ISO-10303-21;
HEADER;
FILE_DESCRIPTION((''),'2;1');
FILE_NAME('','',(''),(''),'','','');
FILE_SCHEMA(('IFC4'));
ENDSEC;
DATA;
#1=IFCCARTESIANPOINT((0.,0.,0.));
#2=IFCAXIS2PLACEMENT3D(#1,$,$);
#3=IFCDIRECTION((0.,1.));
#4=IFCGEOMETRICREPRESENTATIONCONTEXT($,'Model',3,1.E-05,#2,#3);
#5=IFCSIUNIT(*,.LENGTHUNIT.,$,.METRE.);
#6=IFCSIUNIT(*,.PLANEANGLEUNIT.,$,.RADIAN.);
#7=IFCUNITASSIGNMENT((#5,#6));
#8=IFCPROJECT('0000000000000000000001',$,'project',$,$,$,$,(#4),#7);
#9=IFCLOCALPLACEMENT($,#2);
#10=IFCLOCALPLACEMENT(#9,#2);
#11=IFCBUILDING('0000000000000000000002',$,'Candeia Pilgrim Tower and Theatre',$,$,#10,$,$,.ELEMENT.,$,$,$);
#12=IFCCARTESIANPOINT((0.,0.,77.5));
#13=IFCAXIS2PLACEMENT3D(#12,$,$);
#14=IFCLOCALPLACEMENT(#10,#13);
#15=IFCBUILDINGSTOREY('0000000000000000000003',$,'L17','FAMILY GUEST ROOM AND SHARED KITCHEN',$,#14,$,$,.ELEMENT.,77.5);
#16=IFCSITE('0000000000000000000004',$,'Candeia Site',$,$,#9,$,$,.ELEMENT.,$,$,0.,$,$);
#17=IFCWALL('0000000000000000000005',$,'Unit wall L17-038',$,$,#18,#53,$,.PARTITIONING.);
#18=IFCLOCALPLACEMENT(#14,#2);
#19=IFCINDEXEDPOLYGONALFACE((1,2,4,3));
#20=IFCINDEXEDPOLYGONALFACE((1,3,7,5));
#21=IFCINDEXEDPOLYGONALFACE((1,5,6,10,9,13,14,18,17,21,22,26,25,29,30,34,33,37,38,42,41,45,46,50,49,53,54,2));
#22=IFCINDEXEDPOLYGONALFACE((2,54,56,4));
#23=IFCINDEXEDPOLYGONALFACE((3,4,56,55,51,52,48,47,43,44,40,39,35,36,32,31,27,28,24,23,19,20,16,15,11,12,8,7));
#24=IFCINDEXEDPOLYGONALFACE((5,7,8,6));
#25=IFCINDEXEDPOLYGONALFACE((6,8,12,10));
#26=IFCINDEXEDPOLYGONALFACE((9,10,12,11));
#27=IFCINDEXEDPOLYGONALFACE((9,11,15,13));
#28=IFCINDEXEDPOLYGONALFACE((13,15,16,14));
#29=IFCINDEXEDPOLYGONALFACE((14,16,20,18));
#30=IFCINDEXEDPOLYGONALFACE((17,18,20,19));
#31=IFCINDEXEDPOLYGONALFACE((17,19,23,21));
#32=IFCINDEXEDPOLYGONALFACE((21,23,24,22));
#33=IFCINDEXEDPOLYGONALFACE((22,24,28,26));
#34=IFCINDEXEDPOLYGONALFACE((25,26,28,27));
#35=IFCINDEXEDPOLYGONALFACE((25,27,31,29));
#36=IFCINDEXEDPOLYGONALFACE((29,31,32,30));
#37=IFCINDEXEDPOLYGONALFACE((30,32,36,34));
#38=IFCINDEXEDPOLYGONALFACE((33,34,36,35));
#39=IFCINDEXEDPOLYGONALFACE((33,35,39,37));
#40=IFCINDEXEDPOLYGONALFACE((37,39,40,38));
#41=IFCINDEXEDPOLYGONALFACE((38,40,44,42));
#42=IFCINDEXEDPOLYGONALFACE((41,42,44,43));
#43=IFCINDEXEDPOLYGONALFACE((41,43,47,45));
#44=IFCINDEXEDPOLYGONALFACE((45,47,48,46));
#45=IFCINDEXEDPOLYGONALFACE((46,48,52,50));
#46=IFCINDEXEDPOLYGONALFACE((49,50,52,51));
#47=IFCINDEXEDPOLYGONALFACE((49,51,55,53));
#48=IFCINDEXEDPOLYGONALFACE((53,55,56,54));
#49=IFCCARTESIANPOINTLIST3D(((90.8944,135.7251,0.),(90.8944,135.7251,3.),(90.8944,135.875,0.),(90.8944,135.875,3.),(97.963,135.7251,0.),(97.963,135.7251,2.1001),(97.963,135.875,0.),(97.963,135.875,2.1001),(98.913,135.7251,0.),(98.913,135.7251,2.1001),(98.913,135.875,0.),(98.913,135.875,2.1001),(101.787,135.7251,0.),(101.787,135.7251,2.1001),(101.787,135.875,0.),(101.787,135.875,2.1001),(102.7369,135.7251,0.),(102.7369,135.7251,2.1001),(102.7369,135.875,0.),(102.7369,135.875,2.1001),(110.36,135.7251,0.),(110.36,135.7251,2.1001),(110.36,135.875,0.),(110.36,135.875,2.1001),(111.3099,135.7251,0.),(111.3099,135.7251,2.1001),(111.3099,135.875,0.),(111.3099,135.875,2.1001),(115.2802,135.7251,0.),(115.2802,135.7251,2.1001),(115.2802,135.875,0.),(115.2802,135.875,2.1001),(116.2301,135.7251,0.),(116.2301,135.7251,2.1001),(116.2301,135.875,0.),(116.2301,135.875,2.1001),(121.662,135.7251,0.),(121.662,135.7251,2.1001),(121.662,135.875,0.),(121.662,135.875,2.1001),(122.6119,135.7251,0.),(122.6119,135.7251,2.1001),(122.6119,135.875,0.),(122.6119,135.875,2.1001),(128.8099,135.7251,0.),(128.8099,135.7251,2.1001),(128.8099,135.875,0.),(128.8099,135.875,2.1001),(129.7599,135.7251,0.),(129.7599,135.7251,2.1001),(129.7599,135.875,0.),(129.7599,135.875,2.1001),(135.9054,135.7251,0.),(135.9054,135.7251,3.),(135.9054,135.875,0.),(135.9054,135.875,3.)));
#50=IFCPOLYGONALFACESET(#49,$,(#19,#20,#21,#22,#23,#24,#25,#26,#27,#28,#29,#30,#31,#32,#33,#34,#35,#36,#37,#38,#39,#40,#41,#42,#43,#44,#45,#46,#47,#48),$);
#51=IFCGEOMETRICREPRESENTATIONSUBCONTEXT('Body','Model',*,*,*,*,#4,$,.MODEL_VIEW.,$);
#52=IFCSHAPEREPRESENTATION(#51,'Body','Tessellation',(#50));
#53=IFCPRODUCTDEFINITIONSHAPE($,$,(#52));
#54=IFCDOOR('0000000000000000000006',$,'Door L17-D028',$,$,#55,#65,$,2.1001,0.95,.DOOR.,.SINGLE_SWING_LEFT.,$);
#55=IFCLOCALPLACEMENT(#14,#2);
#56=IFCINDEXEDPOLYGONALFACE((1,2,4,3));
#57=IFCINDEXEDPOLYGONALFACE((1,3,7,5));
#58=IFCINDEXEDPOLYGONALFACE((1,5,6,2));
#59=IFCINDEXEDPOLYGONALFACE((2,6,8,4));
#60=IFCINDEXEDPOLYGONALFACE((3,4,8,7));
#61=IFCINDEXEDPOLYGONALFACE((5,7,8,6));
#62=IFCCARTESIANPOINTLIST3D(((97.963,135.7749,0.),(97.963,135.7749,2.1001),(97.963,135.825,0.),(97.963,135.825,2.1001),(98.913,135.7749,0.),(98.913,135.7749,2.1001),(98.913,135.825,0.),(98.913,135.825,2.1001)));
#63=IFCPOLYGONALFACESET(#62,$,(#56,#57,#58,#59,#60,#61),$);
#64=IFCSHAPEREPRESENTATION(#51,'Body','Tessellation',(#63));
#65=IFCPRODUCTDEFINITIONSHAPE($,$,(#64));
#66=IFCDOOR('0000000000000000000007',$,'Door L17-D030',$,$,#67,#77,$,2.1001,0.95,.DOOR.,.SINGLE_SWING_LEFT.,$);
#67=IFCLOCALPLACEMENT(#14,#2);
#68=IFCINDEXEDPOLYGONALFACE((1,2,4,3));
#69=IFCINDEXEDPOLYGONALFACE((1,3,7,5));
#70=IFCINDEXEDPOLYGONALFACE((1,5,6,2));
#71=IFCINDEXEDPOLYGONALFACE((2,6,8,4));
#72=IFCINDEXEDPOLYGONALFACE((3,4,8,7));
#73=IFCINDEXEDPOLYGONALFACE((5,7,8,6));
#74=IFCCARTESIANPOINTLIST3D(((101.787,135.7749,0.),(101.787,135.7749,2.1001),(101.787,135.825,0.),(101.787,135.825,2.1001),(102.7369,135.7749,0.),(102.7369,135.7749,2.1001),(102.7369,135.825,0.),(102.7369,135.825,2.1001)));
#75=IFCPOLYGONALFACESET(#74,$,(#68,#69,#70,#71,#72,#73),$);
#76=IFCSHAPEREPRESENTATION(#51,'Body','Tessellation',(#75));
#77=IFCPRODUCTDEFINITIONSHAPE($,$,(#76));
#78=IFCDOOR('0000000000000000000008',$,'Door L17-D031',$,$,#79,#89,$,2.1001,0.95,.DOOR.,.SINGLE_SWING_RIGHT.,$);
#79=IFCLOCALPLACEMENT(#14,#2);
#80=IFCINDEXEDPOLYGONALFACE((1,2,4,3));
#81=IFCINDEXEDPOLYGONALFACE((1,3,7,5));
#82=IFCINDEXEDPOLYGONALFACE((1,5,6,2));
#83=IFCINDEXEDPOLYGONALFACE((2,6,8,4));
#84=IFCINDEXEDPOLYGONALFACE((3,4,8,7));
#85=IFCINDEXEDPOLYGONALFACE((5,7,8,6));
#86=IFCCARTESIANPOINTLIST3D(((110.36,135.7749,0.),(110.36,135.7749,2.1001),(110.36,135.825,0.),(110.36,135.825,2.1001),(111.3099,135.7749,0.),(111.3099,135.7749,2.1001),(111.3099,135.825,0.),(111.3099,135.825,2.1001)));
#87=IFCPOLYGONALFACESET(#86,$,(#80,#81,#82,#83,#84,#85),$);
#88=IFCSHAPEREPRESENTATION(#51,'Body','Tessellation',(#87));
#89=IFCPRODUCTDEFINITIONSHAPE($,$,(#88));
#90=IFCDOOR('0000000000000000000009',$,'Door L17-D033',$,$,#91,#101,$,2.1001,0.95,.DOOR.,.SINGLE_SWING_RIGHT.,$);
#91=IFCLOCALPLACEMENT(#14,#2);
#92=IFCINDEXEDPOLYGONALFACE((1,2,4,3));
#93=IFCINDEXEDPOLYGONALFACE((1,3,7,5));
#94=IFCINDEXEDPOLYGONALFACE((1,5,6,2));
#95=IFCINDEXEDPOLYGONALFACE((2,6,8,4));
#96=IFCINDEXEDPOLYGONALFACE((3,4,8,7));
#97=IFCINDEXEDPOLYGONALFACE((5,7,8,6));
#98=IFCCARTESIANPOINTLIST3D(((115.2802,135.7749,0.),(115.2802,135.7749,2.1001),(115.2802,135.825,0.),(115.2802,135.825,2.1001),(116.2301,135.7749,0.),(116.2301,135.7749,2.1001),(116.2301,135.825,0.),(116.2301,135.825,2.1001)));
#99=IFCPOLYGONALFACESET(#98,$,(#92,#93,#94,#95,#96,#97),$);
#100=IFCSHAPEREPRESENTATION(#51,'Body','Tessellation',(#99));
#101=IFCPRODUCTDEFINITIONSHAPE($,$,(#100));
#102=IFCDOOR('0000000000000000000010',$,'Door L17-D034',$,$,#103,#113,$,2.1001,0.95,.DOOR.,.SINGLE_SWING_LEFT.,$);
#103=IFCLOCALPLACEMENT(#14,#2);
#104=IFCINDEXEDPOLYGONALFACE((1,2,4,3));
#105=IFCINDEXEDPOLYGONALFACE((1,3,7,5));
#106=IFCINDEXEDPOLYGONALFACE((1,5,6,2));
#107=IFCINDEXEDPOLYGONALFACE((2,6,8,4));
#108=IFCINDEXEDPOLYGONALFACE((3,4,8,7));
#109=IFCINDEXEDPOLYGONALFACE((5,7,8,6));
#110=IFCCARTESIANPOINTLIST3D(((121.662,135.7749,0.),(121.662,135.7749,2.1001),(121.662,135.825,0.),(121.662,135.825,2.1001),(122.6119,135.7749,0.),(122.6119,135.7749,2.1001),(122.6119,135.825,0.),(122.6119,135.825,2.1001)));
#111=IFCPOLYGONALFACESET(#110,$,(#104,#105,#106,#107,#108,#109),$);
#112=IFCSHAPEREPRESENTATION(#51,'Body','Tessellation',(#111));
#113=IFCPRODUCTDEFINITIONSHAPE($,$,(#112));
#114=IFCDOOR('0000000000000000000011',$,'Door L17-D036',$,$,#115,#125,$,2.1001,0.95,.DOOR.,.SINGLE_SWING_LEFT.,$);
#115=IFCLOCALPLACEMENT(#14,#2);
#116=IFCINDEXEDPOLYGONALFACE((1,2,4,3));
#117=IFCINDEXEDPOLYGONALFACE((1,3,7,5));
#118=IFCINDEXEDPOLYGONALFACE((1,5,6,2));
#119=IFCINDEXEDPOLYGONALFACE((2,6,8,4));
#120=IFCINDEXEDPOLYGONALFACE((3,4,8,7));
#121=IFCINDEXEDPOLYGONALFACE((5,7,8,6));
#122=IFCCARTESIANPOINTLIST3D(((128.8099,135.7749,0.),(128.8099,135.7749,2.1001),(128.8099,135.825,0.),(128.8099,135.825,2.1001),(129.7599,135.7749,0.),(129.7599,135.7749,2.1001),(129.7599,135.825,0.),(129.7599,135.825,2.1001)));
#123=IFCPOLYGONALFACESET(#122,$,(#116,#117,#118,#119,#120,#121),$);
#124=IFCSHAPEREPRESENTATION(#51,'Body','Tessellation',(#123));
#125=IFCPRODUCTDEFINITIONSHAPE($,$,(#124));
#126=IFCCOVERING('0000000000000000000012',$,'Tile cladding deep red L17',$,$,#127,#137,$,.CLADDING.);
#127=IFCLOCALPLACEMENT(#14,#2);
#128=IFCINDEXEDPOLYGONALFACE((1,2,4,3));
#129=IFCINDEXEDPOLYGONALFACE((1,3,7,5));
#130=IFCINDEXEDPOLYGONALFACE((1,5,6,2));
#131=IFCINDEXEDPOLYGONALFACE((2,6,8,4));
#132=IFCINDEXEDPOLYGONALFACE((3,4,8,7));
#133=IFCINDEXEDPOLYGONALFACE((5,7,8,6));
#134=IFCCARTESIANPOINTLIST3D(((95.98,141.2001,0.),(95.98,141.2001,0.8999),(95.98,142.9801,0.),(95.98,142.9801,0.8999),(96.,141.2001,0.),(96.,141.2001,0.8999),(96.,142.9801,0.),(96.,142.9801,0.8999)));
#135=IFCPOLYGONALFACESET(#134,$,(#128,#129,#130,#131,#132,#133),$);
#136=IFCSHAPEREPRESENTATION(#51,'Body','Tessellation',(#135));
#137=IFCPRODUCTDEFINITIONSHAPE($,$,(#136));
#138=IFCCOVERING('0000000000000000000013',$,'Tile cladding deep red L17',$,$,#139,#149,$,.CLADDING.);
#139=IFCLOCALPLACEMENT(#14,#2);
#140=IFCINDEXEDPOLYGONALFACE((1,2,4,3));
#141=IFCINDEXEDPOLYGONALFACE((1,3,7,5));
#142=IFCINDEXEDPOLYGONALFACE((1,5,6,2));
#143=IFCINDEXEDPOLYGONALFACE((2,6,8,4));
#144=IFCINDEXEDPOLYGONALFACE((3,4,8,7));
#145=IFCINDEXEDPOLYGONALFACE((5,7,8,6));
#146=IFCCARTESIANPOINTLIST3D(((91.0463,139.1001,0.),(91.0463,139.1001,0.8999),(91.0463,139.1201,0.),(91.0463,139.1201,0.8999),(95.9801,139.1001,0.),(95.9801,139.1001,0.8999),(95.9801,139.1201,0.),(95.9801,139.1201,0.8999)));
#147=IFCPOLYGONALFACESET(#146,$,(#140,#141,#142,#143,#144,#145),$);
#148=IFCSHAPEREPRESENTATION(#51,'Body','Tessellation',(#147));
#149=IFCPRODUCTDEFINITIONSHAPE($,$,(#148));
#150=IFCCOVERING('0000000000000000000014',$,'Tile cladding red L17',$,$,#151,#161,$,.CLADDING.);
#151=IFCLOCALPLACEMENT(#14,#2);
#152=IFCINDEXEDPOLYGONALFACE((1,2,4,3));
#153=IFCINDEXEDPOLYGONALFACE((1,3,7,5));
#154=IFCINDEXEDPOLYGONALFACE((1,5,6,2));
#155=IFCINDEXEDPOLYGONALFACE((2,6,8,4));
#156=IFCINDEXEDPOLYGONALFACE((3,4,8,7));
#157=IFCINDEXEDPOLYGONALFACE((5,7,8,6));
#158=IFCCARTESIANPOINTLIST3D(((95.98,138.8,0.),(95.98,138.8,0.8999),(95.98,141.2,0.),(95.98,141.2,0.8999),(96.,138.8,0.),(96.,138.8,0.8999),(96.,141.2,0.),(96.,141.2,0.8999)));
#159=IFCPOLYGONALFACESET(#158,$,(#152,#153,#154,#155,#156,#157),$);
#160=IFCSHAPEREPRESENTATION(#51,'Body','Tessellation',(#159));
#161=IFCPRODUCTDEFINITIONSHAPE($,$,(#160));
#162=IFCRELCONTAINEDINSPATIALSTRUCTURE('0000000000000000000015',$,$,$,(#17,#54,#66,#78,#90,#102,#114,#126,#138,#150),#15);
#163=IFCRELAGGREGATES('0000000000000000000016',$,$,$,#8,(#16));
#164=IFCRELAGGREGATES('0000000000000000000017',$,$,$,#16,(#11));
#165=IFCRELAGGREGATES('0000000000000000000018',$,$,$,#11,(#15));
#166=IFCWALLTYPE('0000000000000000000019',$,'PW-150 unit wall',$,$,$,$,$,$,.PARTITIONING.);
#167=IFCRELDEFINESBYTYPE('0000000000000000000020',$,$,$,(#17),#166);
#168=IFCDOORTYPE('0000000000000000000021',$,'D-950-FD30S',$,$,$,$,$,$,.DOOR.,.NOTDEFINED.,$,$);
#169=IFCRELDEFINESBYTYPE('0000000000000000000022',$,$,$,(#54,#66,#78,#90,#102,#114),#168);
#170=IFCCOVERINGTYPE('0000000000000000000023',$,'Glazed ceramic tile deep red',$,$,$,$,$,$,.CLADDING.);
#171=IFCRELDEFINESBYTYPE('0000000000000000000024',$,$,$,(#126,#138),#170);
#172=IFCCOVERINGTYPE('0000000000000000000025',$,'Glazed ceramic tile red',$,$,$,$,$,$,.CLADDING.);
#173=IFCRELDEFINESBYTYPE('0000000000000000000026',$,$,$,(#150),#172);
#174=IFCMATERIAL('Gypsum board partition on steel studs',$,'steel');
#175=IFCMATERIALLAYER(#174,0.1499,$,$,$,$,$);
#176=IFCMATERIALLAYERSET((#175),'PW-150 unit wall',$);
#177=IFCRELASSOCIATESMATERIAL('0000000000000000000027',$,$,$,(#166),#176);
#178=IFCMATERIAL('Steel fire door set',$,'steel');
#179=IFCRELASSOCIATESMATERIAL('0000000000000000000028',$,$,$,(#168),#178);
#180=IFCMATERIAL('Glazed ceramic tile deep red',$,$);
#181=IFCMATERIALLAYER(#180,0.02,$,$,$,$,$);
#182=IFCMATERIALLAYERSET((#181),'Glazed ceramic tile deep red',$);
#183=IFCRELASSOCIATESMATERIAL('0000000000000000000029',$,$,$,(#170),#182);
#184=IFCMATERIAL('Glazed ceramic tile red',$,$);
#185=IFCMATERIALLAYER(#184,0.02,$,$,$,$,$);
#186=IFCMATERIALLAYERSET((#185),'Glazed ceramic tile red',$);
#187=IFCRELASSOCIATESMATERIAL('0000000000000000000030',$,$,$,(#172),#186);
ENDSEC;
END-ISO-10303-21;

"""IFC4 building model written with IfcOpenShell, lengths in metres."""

from ifc_helpers import new_model, si_unit, direction, frame, frame_2d, origin, origin_2d, place, context, subcontext, project, spatial, rectangle, extrude, material, layer, layer_set, type_object, element, fill, save


model = new_model("IFC4")

# Units and contexts
model_context = context("Model", 3, precision=1e-05, world=origin(), true_north=direction((0.0, 1.0)))
body_context = subcontext(model_context, "Body", "Model", "MODEL_VIEW")
ifc_project = project(units=[si_unit("LENGTHUNIT", "METRE"), si_unit("PLANEANGLEUNIT", "RADIAN")], contexts=[model_context])

# Site, building, storey
site_placement = place(None, origin())
site = spatial("IfcSite", under=ifc_project, at=site_placement, Name="Candeia Site", CompositionType="ELEMENT", RefElevation=0.0)
building_placement = place(site_placement, origin())
building = spatial("IfcBuilding", under=site, at=building_placement, Name="Candeia Pilgrim Tower and Theatre", CompositionType="ELEMENT")
storey_placement = place(building_placement, frame((0.0, 0.0, 77.5)))
storey = spatial("IfcBuildingStorey", under=building, at=storey_placement, Name="L17", Description="FAMILY GUEST ROOM AND SHARED KITCHEN", CompositionType="ELEMENT", Elevation=77.5)

# Shared definitions
ifc_material_1 = material(Name="Gypsum board partition on steel studs", Category="steel")

# Wall, openings, doors
ifc_layer_1 = layer(ifc_material_1, 0.1499)
ifc_layer_set_1 = layer_set([ifc_layer_1], Name="PW-150 unit wall")
wall_type_1 = type_object("IfcWallType", Name="PW-150 unit wall", PredefinedType="PARTITIONING", material=ifc_layer_set_1)
wall_1_placement = place(storey_placement, frame((90.8945, 135.8, 0.0), z_axis=(0.0, 0.0, 1.0), x_axis=(1.0, 0.0, 0.0)))
wall_1 = element("IfcWall", 1, at=wall_1_placement, inside=storey, type_object=wall_type_1, Name="Unit wall L17-038", PredefinedType="PARTITIONING", context=body_context, shape_type="SweptSolid", body=[
    extrude(rectangle(XDim=45.011, YDim=0.1499, at=frame_2d((22.5054, 0.0))), origin(), (0.0, 0.0, 1.0), 3.0),
])
opening_1_placement = place(wall_1_placement, frame((7.0684, 0.0, 0.0)))
opening_1 = element("IfcOpeningElement", 2, at=opening_1_placement, cuts=wall_1, PredefinedType="OPENING", context=body_context, shape_type="SweptSolid", body=[
    extrude(rectangle(XDim=0.95, YDim=2.1001, at=frame_2d((0.4751, 1.05))), frame((0.0, 0.085, 0.0), z_axis=(0.0, -1.0, 0.0), x_axis=(1.0, 0.0, 0.0)), (0.0, 0.0, 1.0), 0.1699),
])
opening_2_placement = place(wall_1_placement, frame((10.8923, 0.0, 0.0)))
opening_2 = element("IfcOpeningElement", 3, at=opening_2_placement, cuts=wall_1, PredefinedType="OPENING", context=body_context, shape_type="SweptSolid", body=[
    extrude(rectangle(XDim=0.95, YDim=2.1001, at=frame_2d((0.4751, 1.05))), frame((0.0, 0.085, 0.0), z_axis=(0.0, -1.0, 0.0), x_axis=(1.0, 0.0, 0.0)), (0.0, 0.0, 1.0), 0.1699),
])
opening_3_placement = place(wall_1_placement, frame((19.4653, 0.0, 0.0)))
opening_3 = element("IfcOpeningElement", 4, at=opening_3_placement, cuts=wall_1, PredefinedType="OPENING", context=body_context, shape_type="SweptSolid", body=[
    extrude(rectangle(XDim=0.95, YDim=2.1001, at=frame_2d((0.4751, 1.05))), frame((0.0, 0.085, 0.0), z_axis=(0.0, -1.0, 0.0), x_axis=(1.0, 0.0, 0.0)), (0.0, 0.0, 1.0), 0.1699),
])
opening_4_placement = place(wall_1_placement, frame((24.3855, 0.0, 0.0)))
opening_4 = element("IfcOpeningElement", 5, at=opening_4_placement, cuts=wall_1, PredefinedType="OPENING", context=body_context, shape_type="SweptSolid", body=[
    extrude(rectangle(XDim=0.95, YDim=2.1001, at=frame_2d((0.4751, 1.05))), frame((0.0, 0.085, 0.0), z_axis=(0.0, -1.0, 0.0), x_axis=(1.0, 0.0, 0.0)), (0.0, 0.0, 1.0), 0.1699),
])
opening_5_placement = place(wall_1_placement, frame((30.7673, 0.0, 0.0)))
opening_5 = element("IfcOpeningElement", 6, at=opening_5_placement, cuts=wall_1, PredefinedType="OPENING", context=body_context, shape_type="SweptSolid", body=[
    extrude(rectangle(XDim=0.95, YDim=2.1001, at=frame_2d((0.4751, 1.05))), frame((0.0, 0.085, 0.0), z_axis=(0.0, -1.0, 0.0), x_axis=(1.0, 0.0, 0.0)), (0.0, 0.0, 1.0), 0.1699),
])
opening_6_placement = place(wall_1_placement, frame((37.9153, 0.0, 0.0)))
opening_6 = element("IfcOpeningElement", 7, at=opening_6_placement, cuts=wall_1, PredefinedType="OPENING", context=body_context, shape_type="SweptSolid", body=[
    extrude(rectangle(XDim=0.95, YDim=2.1001, at=frame_2d((0.4751, 1.05))), frame((0.0, 0.085, 0.0), z_axis=(0.0, -1.0, 0.0), x_axis=(1.0, 0.0, 0.0)), (0.0, 0.0, 1.0), 0.1699),
])
ifc_material_2 = material(Name="Steel fire door set", Category="steel")
door_type_1 = type_object("IfcDoorType", Name="D-950-FD30S", OperationType="NOTDEFINED", PredefinedType="DOOR", material=ifc_material_2)
door_1_placement = place(opening_1_placement, origin())
door_1 = element("IfcDoor", 8, at=door_1_placement, inside=storey, type_object=door_type_1, Name="Door L17-D028", OperationType="SINGLE_SWING_LEFT", OverallHeight=2.1001, OverallWidth=0.95, PredefinedType="DOOR", context=body_context, shape_type="SweptSolid", body=[
    extrude(rectangle(XDim=0.95, YDim=2.1001, at=frame_2d((0.4751, 1.05))), frame((0.0, 0.0249, 0.0), z_axis=(0.0, -1.0, 0.0), x_axis=(1.0, 0.0, 0.0)), (0.0, 0.0, 1.0), 0.05),
])
fill(opening_1, door_1)
door_2_placement = place(opening_2_placement, origin())
door_2 = element("IfcDoor", 9, at=door_2_placement, inside=storey, type_object=door_type_1, Name="Door L17-D030", OperationType="SINGLE_SWING_LEFT", OverallHeight=2.1001, OverallWidth=0.95, PredefinedType="DOOR", context=body_context, shape_type="SweptSolid", body=[
    extrude(rectangle(XDim=0.95, YDim=2.1001, at=frame_2d((0.4751, 1.05))), frame((0.0, 0.0249, 0.0), z_axis=(0.0, -1.0, 0.0), x_axis=(1.0, 0.0, 0.0)), (0.0, 0.0, 1.0), 0.05),
])
fill(opening_2, door_2)
door_3_placement = place(opening_3_placement, origin())
door_3 = element("IfcDoor", 10, at=door_3_placement, inside=storey, type_object=door_type_1, Name="Door L17-D031", OperationType="SINGLE_SWING_RIGHT", OverallHeight=2.1001, OverallWidth=0.95, PredefinedType="DOOR", context=body_context, shape_type="SweptSolid", body=[
    extrude(rectangle(XDim=0.95, YDim=2.1001, at=frame_2d((0.4751, 1.05))), frame((0.0, 0.0249, 0.0), z_axis=(0.0, -1.0, 0.0), x_axis=(1.0, 0.0, 0.0)), (0.0, 0.0, 1.0), 0.05),
])
fill(opening_3, door_3)
door_4_placement = place(opening_4_placement, origin())
door_4 = element("IfcDoor", 11, at=door_4_placement, inside=storey, type_object=door_type_1, Name="Door L17-D033", OperationType="SINGLE_SWING_RIGHT", OverallHeight=2.1001, OverallWidth=0.95, PredefinedType="DOOR", context=body_context, shape_type="SweptSolid", body=[
    extrude(rectangle(XDim=0.95, YDim=2.1001, at=frame_2d((0.4751, 1.05))), frame((0.0, 0.0249, 0.0), z_axis=(0.0, -1.0, 0.0), x_axis=(1.0, 0.0, 0.0)), (0.0, 0.0, 1.0), 0.05),
])
fill(opening_4, door_4)
door_5_placement = place(opening_5_placement, origin())
door_5 = element("IfcDoor", 12, at=door_5_placement, inside=storey, type_object=door_type_1, Name="Door L17-D034", OperationType="SINGLE_SWING_LEFT", OverallHeight=2.1001, OverallWidth=0.95, PredefinedType="DOOR", context=body_context, shape_type="SweptSolid", body=[
    extrude(rectangle(XDim=0.95, YDim=2.1001, at=frame_2d((0.4751, 1.05))), frame((0.0, 0.0249, 0.0), z_axis=(0.0, -1.0, 0.0), x_axis=(1.0, 0.0, 0.0)), (0.0, 0.0, 1.0), 0.05),
])
fill(opening_5, door_5)
door_6_placement = place(opening_6_placement, origin())
door_6 = element("IfcDoor", 13, at=door_6_placement, inside=storey, type_object=door_type_1, Name="Door L17-D036", OperationType="SINGLE_SWING_LEFT", OverallHeight=2.1001, OverallWidth=0.95, PredefinedType="DOOR", context=body_context, shape_type="SweptSolid", body=[
    extrude(rectangle(XDim=0.95, YDim=2.1001, at=frame_2d((0.4751, 1.05))), frame((0.0, 0.0249, 0.0), z_axis=(0.0, -1.0, 0.0), x_axis=(1.0, 0.0, 0.0)), (0.0, 0.0, 1.0), 0.05),
])
fill(opening_6, door_6)

# Coverings
ifc_material_3 = material(Name="Glazed ceramic tile deep red")
ifc_layer_2 = layer(ifc_material_3, 0.02)
ifc_layer_set_2 = layer_set([ifc_layer_2], Name="Glazed ceramic tile deep red")
covering_type_1 = type_object("IfcCoveringType", Name="Glazed ceramic tile deep red", PredefinedType="CLADDING", material=ifc_layer_set_2)
covering_1_placement = place(storey_placement, frame((95.99, 142.0901, 0.0), z_axis=(0.0, 0.0, 1.0), x_axis=(0.0, -1.0, 0.0)))
element("IfcCovering", 14, at=covering_1_placement, inside=storey, type_object=covering_type_1, Name="Tile cladding deep red L17", PredefinedType="CLADDING", context=body_context, shape_type="SweptSolid", body=[
    extrude(rectangle(XDim=1.78, YDim=0.02, at=origin_2d()), origin(), (0.0, 0.0, 1.0), 0.8999),
])
covering_2_placement = place(storey_placement, frame((93.5132, 139.1101, 0.0), z_axis=(0.0, 0.0, 1.0), x_axis=(-1.0, 0.0, 0.0)))
element("IfcCovering", 15, at=covering_2_placement, inside=storey, type_object=covering_type_1, Name="Tile cladding deep red L17", PredefinedType="CLADDING", context=body_context, shape_type="SweptSolid", body=[
    extrude(rectangle(XDim=4.9338, YDim=0.02, at=origin_2d()), origin(), (0.0, 0.0, 1.0), 0.8999),
])
ifc_material_4 = material(Name="Glazed ceramic tile red")
ifc_layer_3 = layer(ifc_material_4, 0.02)
ifc_layer_set_3 = layer_set([ifc_layer_3], Name="Glazed ceramic tile red")
covering_type_2 = type_object("IfcCoveringType", Name="Glazed ceramic tile red", PredefinedType="CLADDING", material=ifc_layer_set_3)
covering_3_placement = place(storey_placement, frame((95.99, 140.0, 0.0), z_axis=(0.0, 0.0, 1.0), x_axis=(0.0, -1.0, 0.0)))
element("IfcCovering", 16, at=covering_3_placement, inside=storey, type_object=covering_type_2, Name="Tile cladding red L17", PredefinedType="CLADDING", context=body_context, shape_type="SweptSolid", body=[
    extrude(rectangle(XDim=2.3999, YDim=0.02, at=origin_2d()), origin(), (0.0, 0.0, 1.0), 0.8999),
])

save(model, "model.ifc")
